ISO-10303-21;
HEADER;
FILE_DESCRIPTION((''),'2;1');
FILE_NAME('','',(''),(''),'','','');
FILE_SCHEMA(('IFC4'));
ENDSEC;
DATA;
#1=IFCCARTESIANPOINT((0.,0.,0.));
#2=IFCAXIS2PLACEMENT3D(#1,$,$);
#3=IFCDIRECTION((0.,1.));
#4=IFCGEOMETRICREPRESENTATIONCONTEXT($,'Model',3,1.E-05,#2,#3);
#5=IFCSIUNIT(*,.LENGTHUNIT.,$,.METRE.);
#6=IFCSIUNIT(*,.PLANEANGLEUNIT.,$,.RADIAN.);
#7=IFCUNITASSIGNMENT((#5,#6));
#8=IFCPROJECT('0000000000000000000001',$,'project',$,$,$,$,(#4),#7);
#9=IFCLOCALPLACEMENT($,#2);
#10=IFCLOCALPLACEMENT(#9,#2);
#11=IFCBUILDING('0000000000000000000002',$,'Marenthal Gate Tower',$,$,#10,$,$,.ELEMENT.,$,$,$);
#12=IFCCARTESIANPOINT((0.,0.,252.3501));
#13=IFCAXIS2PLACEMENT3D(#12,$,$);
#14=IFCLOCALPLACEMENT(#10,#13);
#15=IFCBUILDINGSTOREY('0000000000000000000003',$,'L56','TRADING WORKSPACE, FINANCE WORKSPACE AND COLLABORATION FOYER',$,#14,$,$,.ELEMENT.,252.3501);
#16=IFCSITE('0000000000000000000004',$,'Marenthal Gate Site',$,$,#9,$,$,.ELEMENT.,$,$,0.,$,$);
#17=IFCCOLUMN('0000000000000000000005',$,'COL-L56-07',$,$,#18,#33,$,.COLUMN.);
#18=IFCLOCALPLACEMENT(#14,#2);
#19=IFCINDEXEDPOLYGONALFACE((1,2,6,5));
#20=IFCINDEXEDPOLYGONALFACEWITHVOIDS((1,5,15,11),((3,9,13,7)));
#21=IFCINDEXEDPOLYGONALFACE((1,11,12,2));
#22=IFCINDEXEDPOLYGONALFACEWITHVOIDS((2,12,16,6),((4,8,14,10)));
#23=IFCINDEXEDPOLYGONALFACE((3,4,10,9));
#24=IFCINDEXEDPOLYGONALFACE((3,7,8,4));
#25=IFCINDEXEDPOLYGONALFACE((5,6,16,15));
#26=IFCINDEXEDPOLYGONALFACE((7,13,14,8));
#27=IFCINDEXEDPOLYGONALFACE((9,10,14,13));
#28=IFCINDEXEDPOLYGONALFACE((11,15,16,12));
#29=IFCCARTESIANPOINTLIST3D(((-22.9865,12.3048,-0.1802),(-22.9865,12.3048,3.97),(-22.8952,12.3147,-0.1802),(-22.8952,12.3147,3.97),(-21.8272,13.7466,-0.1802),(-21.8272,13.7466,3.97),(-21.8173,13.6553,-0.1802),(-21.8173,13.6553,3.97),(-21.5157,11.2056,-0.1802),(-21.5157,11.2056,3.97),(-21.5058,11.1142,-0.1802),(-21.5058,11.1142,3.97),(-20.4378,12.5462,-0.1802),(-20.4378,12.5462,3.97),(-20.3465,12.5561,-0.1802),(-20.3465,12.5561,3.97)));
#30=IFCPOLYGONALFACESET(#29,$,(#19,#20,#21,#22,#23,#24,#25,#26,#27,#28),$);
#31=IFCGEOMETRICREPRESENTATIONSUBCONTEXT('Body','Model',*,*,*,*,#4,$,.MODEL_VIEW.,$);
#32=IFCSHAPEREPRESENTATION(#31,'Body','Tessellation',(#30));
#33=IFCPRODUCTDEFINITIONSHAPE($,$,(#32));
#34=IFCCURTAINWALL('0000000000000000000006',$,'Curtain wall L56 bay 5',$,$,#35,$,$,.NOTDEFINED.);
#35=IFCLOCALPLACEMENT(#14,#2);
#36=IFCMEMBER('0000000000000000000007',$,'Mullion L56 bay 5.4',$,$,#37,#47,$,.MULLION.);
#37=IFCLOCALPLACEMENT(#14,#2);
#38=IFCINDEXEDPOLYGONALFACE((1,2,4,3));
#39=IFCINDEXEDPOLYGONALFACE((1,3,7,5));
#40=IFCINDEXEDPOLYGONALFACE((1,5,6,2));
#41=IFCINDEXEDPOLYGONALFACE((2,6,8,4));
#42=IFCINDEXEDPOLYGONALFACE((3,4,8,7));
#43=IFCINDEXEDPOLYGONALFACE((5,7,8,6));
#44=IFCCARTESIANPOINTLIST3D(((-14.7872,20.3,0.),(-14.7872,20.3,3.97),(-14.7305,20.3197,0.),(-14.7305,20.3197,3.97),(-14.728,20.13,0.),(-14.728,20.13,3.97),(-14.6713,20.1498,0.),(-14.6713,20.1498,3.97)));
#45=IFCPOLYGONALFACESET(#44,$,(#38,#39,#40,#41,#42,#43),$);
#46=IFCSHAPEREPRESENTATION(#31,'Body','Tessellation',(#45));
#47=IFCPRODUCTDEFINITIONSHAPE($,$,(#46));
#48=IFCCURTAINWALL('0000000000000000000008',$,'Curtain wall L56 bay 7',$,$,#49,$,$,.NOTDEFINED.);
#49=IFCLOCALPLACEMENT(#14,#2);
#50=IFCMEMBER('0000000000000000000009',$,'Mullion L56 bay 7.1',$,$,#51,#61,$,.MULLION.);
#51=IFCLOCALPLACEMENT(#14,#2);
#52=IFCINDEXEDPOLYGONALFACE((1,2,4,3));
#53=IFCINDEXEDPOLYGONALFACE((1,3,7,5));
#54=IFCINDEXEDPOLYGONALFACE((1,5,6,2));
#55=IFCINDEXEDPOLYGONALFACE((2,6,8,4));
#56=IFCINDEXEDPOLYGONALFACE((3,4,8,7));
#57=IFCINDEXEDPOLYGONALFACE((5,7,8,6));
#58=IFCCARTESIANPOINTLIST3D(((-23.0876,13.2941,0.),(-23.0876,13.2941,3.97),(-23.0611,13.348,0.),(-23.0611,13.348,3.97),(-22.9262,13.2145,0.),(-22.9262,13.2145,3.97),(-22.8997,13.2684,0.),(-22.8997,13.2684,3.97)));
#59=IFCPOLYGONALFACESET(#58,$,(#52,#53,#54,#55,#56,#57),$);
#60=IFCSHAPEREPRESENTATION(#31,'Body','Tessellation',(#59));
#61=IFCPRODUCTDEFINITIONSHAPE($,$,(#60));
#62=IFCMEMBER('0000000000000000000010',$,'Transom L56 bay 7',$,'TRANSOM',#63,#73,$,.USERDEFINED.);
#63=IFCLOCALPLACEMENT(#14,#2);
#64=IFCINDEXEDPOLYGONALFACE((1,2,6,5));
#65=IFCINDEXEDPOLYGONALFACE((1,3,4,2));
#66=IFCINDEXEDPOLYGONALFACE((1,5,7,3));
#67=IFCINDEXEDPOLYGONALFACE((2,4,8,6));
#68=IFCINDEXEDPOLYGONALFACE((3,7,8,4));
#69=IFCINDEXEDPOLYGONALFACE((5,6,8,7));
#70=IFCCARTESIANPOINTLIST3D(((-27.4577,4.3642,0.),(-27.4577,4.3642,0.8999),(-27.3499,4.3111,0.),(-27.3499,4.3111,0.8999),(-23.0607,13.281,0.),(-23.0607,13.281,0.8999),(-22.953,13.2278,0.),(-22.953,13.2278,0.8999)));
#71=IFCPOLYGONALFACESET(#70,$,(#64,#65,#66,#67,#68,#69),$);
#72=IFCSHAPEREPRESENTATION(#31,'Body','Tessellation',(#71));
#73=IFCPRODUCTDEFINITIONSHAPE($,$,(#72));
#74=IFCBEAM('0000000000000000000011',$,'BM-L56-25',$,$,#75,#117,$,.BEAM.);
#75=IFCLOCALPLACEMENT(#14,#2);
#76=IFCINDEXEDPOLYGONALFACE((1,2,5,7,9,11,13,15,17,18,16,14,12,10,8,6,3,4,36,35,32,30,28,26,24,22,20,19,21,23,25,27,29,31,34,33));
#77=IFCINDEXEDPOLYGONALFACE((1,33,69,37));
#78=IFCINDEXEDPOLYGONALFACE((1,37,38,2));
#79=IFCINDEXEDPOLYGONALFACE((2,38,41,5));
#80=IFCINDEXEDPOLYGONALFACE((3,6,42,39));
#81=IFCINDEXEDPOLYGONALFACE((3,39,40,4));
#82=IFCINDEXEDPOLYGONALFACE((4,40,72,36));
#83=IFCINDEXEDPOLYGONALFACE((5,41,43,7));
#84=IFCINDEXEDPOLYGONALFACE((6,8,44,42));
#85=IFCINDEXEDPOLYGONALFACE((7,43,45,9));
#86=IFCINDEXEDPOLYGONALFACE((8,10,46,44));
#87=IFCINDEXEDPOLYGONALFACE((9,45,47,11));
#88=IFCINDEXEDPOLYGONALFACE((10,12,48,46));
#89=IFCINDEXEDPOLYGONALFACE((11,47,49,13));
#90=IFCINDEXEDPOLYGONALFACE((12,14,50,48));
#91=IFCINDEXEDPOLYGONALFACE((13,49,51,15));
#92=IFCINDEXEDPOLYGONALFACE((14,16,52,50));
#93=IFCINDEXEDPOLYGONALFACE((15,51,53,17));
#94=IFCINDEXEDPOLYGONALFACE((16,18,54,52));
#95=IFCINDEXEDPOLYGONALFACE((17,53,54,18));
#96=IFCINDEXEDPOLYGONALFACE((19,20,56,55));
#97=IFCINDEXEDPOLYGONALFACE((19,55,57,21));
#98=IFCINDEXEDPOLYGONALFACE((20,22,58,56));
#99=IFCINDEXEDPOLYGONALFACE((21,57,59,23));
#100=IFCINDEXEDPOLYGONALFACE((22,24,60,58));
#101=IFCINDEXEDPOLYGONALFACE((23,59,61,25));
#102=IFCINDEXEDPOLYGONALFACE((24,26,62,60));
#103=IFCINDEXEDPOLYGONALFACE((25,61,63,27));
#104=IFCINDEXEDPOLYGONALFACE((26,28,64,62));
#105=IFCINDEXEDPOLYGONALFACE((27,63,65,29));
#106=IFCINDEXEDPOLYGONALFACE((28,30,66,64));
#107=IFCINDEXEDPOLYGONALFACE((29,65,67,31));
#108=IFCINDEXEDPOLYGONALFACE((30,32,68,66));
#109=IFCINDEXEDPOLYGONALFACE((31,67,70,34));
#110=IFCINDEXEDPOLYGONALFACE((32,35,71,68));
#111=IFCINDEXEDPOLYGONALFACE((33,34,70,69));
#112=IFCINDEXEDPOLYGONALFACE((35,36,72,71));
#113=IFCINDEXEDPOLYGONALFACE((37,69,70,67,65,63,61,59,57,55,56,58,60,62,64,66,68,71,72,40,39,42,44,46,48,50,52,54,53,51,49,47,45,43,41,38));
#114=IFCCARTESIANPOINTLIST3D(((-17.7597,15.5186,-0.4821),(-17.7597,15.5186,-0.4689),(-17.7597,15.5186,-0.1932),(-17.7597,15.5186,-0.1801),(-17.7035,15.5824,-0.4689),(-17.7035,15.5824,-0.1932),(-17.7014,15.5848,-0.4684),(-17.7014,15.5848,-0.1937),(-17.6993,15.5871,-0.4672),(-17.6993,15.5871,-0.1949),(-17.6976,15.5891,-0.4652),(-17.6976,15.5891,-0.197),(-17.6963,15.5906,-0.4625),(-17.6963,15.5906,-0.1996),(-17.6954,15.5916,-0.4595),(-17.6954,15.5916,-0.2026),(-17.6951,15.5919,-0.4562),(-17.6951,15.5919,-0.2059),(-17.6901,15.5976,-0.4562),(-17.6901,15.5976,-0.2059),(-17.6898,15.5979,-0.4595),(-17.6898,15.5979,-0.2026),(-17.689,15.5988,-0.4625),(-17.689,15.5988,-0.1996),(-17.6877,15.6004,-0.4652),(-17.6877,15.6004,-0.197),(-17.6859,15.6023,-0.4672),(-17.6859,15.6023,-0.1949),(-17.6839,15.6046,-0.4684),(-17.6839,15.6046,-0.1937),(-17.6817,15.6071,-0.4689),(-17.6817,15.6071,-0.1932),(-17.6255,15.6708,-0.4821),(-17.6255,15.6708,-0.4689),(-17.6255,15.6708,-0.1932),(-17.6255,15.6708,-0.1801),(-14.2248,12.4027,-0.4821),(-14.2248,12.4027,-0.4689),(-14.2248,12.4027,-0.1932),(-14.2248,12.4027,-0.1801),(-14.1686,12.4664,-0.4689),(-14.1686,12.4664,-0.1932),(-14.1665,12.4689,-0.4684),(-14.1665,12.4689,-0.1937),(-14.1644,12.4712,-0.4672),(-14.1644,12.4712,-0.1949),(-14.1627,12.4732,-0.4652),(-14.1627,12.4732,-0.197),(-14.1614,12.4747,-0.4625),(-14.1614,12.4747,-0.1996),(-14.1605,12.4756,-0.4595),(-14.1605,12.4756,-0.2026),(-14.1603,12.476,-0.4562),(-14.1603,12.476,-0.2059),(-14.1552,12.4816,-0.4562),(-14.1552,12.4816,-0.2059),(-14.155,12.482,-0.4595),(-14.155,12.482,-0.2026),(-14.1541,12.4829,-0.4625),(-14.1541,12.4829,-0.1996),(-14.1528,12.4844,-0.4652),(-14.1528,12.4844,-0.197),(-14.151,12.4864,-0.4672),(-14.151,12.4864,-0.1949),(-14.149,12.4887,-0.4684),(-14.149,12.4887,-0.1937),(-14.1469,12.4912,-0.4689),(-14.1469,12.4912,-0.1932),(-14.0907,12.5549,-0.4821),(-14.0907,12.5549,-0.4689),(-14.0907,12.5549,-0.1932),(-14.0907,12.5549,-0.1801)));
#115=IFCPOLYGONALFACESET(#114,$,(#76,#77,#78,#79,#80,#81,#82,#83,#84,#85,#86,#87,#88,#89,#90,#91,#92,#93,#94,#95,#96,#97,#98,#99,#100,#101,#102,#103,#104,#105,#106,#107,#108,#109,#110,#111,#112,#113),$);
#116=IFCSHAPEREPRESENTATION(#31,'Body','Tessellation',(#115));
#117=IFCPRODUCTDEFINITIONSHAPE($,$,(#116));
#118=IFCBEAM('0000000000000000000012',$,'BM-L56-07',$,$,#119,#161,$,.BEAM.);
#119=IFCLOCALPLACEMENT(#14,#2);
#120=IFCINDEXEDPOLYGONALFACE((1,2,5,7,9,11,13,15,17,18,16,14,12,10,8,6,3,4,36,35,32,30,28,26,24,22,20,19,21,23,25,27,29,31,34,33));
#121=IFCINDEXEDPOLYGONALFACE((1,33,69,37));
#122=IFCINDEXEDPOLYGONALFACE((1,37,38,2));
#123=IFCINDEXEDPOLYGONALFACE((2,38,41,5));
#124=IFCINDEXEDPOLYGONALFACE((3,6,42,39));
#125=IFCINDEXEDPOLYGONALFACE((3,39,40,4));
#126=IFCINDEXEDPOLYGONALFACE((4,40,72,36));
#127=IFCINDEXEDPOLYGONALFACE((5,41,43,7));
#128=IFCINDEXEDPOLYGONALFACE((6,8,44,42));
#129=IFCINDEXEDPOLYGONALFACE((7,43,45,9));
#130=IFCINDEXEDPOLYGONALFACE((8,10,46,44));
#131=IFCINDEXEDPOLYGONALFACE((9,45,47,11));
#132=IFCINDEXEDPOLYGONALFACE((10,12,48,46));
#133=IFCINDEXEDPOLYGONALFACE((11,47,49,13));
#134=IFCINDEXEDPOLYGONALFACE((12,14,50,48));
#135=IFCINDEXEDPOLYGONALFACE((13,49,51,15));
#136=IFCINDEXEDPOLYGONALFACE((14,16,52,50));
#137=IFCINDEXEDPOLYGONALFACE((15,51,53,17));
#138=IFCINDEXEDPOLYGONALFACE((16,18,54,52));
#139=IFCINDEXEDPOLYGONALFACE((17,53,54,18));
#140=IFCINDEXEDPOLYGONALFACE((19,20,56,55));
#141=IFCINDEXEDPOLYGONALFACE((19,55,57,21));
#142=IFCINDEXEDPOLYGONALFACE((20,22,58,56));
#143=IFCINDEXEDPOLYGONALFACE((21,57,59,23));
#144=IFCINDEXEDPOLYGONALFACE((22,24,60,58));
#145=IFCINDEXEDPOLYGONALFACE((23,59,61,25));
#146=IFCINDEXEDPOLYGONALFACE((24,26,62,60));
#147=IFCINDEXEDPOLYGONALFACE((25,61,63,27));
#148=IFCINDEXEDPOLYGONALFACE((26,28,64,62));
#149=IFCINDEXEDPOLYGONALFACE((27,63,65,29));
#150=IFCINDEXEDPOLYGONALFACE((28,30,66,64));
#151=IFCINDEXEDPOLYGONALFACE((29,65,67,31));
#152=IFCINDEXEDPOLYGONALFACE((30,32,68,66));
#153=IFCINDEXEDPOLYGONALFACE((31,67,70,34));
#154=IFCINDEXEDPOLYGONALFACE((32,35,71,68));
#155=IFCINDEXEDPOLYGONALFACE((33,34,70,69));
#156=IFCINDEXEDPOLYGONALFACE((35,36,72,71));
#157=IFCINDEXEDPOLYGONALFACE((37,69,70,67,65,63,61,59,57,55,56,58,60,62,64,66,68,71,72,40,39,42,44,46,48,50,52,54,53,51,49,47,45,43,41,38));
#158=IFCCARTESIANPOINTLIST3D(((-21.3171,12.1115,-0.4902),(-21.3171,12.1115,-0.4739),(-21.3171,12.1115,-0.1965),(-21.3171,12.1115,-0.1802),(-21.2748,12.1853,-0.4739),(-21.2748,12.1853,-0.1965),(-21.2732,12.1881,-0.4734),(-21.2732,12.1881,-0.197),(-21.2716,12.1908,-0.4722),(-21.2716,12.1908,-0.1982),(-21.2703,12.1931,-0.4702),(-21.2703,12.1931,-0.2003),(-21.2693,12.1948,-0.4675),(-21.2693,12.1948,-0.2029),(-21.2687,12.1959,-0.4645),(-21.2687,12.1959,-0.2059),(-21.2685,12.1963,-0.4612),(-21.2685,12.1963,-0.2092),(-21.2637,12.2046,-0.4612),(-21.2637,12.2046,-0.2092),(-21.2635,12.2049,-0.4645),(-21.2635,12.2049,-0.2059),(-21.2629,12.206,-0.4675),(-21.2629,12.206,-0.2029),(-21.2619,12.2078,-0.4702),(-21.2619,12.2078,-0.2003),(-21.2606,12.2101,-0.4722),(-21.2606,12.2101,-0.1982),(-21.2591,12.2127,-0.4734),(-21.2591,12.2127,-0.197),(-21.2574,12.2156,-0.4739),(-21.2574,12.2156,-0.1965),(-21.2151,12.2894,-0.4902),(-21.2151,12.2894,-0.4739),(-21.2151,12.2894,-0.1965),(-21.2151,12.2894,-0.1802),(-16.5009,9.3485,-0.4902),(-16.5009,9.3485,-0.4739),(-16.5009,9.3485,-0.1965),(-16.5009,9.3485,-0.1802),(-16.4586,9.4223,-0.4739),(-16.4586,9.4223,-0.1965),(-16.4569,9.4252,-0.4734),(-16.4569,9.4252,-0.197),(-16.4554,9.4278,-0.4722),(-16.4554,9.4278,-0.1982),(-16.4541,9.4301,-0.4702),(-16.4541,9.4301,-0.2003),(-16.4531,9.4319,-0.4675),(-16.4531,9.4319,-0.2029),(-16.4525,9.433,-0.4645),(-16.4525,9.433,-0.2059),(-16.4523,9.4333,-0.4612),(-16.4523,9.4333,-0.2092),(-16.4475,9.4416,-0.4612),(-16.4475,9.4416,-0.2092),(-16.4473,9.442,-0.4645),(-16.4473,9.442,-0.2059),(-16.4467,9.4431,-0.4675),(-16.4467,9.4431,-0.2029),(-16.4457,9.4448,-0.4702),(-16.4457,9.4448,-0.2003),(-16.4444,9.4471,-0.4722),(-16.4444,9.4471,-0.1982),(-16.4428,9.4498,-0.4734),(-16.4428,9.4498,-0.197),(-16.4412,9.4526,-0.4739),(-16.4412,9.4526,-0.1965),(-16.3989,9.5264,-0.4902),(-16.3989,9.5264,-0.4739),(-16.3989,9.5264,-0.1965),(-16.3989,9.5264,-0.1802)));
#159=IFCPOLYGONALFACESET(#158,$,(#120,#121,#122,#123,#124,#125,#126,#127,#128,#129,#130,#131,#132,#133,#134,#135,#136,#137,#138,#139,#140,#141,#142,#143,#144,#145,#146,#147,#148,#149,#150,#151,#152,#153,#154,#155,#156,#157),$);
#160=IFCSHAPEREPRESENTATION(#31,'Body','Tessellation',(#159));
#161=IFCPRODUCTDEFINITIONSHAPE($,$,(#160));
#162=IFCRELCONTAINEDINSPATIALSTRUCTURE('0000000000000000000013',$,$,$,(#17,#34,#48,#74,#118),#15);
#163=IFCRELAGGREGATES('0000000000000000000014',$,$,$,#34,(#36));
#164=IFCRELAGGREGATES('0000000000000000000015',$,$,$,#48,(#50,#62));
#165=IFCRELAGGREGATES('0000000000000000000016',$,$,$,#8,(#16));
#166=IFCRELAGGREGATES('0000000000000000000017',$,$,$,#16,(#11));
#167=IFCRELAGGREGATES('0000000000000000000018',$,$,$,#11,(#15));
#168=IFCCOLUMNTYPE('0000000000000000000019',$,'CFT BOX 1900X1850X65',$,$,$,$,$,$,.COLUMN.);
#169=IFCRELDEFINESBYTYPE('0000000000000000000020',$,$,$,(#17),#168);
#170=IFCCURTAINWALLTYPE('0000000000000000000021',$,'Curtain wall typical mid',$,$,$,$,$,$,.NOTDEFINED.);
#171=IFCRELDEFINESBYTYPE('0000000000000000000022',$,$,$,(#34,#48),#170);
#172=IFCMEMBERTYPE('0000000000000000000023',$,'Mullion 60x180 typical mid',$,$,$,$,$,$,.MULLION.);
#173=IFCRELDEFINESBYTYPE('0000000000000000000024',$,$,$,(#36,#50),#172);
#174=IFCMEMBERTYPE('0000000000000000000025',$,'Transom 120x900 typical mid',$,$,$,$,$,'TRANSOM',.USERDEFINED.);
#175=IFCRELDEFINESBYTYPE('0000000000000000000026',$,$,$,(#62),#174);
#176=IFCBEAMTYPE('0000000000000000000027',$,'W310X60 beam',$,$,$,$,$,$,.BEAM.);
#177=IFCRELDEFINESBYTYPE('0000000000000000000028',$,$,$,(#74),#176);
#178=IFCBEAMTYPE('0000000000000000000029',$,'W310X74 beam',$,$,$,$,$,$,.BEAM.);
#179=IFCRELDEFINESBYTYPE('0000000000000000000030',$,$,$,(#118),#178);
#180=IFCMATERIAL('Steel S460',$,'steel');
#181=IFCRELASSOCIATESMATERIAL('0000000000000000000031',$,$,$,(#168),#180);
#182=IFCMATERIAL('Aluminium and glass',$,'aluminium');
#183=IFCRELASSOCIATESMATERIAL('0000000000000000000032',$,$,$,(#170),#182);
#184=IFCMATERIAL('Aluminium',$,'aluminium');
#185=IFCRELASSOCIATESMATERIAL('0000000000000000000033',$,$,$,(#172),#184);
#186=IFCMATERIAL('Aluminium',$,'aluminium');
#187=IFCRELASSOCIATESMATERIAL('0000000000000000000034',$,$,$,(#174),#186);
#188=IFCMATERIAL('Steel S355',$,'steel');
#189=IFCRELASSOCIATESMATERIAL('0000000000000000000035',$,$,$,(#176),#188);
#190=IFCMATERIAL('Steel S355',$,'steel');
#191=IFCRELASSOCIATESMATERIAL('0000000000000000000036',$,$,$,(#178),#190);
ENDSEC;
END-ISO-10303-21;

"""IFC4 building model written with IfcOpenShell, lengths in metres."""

from ifc_helpers import new_model, si_unit, direction, frame, origin, origin_2d, place, context, subcontext, project, spatial, rectangle, hollow_rectangle, i_section, extrude, material, material_profile, profile_set, type_object, element, aggregate, save


model = new_model("IFC4")

# Units and contexts
model_context = context("Model", 3, precision=1e-05, world=origin(), true_north=direction((0.0, 1.0)))
body_context = subcontext(model_context, "Body", "Model", "MODEL_VIEW")
ifc_project = project(units=[si_unit("LENGTHUNIT", "METRE"), si_unit("PLANEANGLEUNIT", "RADIAN")], contexts=[model_context])

# Site, building, storey
site_placement = place(None, origin())
site = spatial("IfcSite", under=ifc_project, at=site_placement, Name="Marenthal Gate Site", CompositionType="ELEMENT", RefElevation=0.0)
building_placement = place(site_placement, origin())
building = spatial("IfcBuilding", under=site, at=building_placement, Name="Marenthal Gate Tower", CompositionType="ELEMENT")
storey_placement = place(building_placement, frame((0.0, 0.0, 252.3501)))
storey = spatial("IfcBuildingStorey", under=building, at=storey_placement, Name="L56", Description="TRADING WORKSPACE, FINANCE WORKSPACE AND COLLABORATION FOYER", CompositionType="ELEMENT", Elevation=252.3501)

# Column
ifc_material_1 = material(Name="Steel S460", Category="steel")
ifc_material_profile_1 = material_profile(ifc_material_1, hollow_rectangle(XDim=1.8501, YDim=1.8999, WallThickness=0.0649, at=origin_2d()), Name="CFT BOX 1900X1850X65")
ifc_material_2 = material(Name="Concrete 70 MPa", Category="concrete")
ifc_material_profile_2 = material_profile(ifc_material_2, rectangle(XDim=1.72, YDim=1.77, at=origin_2d()), Name="CFT BOX 1900X1850X65 INFILL")
ifc_profile_set_1 = profile_set([ifc_material_profile_1, ifc_material_profile_2], Name="Steel S460 shell, Concrete 70 MPa infill")
column_type = type_object("IfcColumnType", Name="CFT BOX 1900X1850X65", PredefinedType="COLUMN", material=ifc_profile_set_1)
column_placement = place(storey_placement, frame((-21.6665, 12.4304, -0.1802), z_axis=(0.0, 0.0, 1.0), x_axis=(0.626615, 0.779329, 0.0)))
element("IfcColumn", 1, at=column_placement, inside=storey, type_object=column_type, Name="COL-L56-07", PredefinedType="COLUMN", context=body_context, shape_type="SweptSolid", body=[
    extrude(hollow_rectangle(XDim=1.8501, YDim=1.8999, WallThickness=0.0649, at=origin_2d()), origin(), (0.0, 0.0, 1.0), 4.1501),
])

# Curtain wall, member
ifc_material_3 = material(Name="Aluminium and glass", Category="aluminium")
curtain_wall_type = type_object("IfcCurtainWallType", Name="Curtain wall typical mid", PredefinedType="NOTDEFINED", material=ifc_material_3)
curtain_wall_1_placement = place(storey_placement, origin())
curtain_wall_1 = element("IfcCurtainWall", 2, at=curtain_wall_1_placement, inside=storey, type_object=curtain_wall_type, Name="Curtain wall L56 bay 5", PredefinedType="NOTDEFINED")
ifc_material_4 = material(Name="Aluminium", Category="aluminium")
ifc_material_profile_3 = material_profile(ifc_material_4, rectangle(XDim=0.1799, YDim=0.0601, at=origin_2d()), Name="60x180 aluminium mullion")
ifc_profile_set_2 = profile_set([ifc_material_profile_3], Name="Aluminium")
member_type_1 = type_object("IfcMemberType", Name="Mullion 60x180 typical mid", PredefinedType="MULLION", material=ifc_profile_set_2)
member_1_placement = place(storey_placement, frame((-14.7292, 20.2249, 0.0), z_axis=(0.0, 0.0, 1.0), x_axis=(0.328612, -0.944465, 0.0)))
member_1 = element("IfcMember", 3, at=member_1_placement, type_object=member_type_1, Name="Mullion L56 bay 5.4", PredefinedType="MULLION", context=body_context, shape_type="SweptSolid", body=[
    extrude(rectangle(XDim=0.1799, YDim=0.0601, at=origin_2d()), origin(), (0.0, 0.0, 1.0), 3.97),
])
aggregate(curtain_wall_1, [member_1])

# Curtain wall, members
curtain_wall_2_placement = place(storey_placement, origin())
curtain_wall_2 = element("IfcCurtainWall", 4, at=curtain_wall_2_placement, inside=storey, type_object=curtain_wall_type, Name="Curtain wall L56 bay 7", PredefinedType="NOTDEFINED")
member_2_placement = place(storey_placement, frame((-22.9937, 13.2812, 0.0), z_axis=(0.0, 0.0, 1.0), x_axis=(0.896882, -0.442269, 0.0)))
member_2 = element("IfcMember", 5, at=member_2_placement, type_object=member_type_1, Name="Mullion L56 bay 7.1", PredefinedType="MULLION", context=body_context, shape_type="SweptSolid", body=[
    extrude(rectangle(XDim=0.1799, YDim=0.0601, at=origin_2d()), origin(), (0.0, 0.0, 1.0), 3.97),
])
ifc_material_5 = material(Name="Aluminium", Category="aluminium")
ifc_material_profile_4 = material_profile(ifc_material_5, rectangle(XDim=0.1201, YDim=0.8999, at=origin_2d()), Name="120x900 aluminium transom")
ifc_profile_set_3 = profile_set([ifc_material_profile_4], Name="Aluminium")
member_type_2 = type_object("IfcMemberType", Name="Transom 120x900 typical mid", ElementType="TRANSOM", PredefinedType="USERDEFINED", material=ifc_profile_set_3)
member_3_placement = place(storey_placement, frame((-23.0068, 13.2544, 0.45), z_axis=(-0.442266, -0.896884, 0.0), x_axis=(0.896884, -0.442266, 0.0)))
member_3 = element("IfcMember", 6, at=member_3_placement, type_object=member_type_2, Name="Transom L56 bay 7", ObjectType="TRANSOM", PredefinedType="USERDEFINED", context=body_context, shape_type="SweptSolid", body=[
    extrude(rectangle(XDim=0.1201, YDim=0.8999, at=origin_2d()), origin(), (0.0, 0.0, 1.0), 9.9419),
])

# Beams
ifc_material_6 = material(Name="Steel S355", Category="steel")
ifc_material_profile_5 = material_profile(ifc_material_6, i_section(OverallWidth=0.2029, OverallDepth=0.302, WebThickness=0.0076, FlangeThickness=0.0132, FilletRadius=0.0127, at=origin_2d()), Name="W310X60")
ifc_profile_set_4 = profile_set([ifc_material_profile_5], Name="Steel S355")
beam_type_1 = type_object("IfcBeamType", Name="W310X60 beam", PredefinedType="BEAM", material=ifc_profile_set_4)
beam_1_placement = place(storey_placement, frame((-17.6926, 15.5947, -0.3311), z_axis=(0.750161, -0.661255, 0.0), x_axis=(0.661255, 0.750161, 0.0)))
element("IfcBeam", 7, at=beam_1_placement, inside=storey, type_object=beam_type_1, Name="BM-L56-25", PredefinedType="BEAM", context=body_context, shape_type="SweptSolid", body=[
    extrude(i_section(OverallWidth=0.2029, OverallDepth=0.302, WebThickness=0.0076, FlangeThickness=0.0132, FilletRadius=0.0127, at=origin_2d()), origin(), (0.0, 0.0, 1.0), 4.7122),
])
ifc_material_7 = material(Name="Steel S355", Category="steel")
ifc_material_profile_6 = material_profile(ifc_material_7, i_section(OverallWidth=0.2051, OverallDepth=0.3101, WebThickness=0.0095, FlangeThickness=0.0164, FilletRadius=0.0127, at=origin_2d()), Name="W310X74")
ifc_profile_set_5 = profile_set([ifc_material_profile_6], Name="Steel S355")
beam_type_2 = type_object("IfcBeamType", Name="W310X74 beam", PredefinedType="BEAM", material=ifc_profile_set_5)
beam_2_placement = place(storey_placement, frame((-21.2661, 12.2004, -0.3352), z_axis=(0.8674, -0.497611, 0.0), x_axis=(0.497611, 0.8674, 0.0)))
element("IfcBeam", 8, at=beam_2_placement, inside=storey, type_object=beam_type_2, Name="BM-L56-07", PredefinedType="BEAM", context=body_context, shape_type="SweptSolid", body=[
    extrude(i_section(OverallWidth=0.2051, OverallDepth=0.3101, WebThickness=0.0095, FlangeThickness=0.0164, FilletRadius=0.0127, at=origin_2d()), origin(), (0.0, 0.0, 1.0), 5.5525),
])

aggregate(curtain_wall_2, [member_2, member_3])

save(model, "model.ifc")
